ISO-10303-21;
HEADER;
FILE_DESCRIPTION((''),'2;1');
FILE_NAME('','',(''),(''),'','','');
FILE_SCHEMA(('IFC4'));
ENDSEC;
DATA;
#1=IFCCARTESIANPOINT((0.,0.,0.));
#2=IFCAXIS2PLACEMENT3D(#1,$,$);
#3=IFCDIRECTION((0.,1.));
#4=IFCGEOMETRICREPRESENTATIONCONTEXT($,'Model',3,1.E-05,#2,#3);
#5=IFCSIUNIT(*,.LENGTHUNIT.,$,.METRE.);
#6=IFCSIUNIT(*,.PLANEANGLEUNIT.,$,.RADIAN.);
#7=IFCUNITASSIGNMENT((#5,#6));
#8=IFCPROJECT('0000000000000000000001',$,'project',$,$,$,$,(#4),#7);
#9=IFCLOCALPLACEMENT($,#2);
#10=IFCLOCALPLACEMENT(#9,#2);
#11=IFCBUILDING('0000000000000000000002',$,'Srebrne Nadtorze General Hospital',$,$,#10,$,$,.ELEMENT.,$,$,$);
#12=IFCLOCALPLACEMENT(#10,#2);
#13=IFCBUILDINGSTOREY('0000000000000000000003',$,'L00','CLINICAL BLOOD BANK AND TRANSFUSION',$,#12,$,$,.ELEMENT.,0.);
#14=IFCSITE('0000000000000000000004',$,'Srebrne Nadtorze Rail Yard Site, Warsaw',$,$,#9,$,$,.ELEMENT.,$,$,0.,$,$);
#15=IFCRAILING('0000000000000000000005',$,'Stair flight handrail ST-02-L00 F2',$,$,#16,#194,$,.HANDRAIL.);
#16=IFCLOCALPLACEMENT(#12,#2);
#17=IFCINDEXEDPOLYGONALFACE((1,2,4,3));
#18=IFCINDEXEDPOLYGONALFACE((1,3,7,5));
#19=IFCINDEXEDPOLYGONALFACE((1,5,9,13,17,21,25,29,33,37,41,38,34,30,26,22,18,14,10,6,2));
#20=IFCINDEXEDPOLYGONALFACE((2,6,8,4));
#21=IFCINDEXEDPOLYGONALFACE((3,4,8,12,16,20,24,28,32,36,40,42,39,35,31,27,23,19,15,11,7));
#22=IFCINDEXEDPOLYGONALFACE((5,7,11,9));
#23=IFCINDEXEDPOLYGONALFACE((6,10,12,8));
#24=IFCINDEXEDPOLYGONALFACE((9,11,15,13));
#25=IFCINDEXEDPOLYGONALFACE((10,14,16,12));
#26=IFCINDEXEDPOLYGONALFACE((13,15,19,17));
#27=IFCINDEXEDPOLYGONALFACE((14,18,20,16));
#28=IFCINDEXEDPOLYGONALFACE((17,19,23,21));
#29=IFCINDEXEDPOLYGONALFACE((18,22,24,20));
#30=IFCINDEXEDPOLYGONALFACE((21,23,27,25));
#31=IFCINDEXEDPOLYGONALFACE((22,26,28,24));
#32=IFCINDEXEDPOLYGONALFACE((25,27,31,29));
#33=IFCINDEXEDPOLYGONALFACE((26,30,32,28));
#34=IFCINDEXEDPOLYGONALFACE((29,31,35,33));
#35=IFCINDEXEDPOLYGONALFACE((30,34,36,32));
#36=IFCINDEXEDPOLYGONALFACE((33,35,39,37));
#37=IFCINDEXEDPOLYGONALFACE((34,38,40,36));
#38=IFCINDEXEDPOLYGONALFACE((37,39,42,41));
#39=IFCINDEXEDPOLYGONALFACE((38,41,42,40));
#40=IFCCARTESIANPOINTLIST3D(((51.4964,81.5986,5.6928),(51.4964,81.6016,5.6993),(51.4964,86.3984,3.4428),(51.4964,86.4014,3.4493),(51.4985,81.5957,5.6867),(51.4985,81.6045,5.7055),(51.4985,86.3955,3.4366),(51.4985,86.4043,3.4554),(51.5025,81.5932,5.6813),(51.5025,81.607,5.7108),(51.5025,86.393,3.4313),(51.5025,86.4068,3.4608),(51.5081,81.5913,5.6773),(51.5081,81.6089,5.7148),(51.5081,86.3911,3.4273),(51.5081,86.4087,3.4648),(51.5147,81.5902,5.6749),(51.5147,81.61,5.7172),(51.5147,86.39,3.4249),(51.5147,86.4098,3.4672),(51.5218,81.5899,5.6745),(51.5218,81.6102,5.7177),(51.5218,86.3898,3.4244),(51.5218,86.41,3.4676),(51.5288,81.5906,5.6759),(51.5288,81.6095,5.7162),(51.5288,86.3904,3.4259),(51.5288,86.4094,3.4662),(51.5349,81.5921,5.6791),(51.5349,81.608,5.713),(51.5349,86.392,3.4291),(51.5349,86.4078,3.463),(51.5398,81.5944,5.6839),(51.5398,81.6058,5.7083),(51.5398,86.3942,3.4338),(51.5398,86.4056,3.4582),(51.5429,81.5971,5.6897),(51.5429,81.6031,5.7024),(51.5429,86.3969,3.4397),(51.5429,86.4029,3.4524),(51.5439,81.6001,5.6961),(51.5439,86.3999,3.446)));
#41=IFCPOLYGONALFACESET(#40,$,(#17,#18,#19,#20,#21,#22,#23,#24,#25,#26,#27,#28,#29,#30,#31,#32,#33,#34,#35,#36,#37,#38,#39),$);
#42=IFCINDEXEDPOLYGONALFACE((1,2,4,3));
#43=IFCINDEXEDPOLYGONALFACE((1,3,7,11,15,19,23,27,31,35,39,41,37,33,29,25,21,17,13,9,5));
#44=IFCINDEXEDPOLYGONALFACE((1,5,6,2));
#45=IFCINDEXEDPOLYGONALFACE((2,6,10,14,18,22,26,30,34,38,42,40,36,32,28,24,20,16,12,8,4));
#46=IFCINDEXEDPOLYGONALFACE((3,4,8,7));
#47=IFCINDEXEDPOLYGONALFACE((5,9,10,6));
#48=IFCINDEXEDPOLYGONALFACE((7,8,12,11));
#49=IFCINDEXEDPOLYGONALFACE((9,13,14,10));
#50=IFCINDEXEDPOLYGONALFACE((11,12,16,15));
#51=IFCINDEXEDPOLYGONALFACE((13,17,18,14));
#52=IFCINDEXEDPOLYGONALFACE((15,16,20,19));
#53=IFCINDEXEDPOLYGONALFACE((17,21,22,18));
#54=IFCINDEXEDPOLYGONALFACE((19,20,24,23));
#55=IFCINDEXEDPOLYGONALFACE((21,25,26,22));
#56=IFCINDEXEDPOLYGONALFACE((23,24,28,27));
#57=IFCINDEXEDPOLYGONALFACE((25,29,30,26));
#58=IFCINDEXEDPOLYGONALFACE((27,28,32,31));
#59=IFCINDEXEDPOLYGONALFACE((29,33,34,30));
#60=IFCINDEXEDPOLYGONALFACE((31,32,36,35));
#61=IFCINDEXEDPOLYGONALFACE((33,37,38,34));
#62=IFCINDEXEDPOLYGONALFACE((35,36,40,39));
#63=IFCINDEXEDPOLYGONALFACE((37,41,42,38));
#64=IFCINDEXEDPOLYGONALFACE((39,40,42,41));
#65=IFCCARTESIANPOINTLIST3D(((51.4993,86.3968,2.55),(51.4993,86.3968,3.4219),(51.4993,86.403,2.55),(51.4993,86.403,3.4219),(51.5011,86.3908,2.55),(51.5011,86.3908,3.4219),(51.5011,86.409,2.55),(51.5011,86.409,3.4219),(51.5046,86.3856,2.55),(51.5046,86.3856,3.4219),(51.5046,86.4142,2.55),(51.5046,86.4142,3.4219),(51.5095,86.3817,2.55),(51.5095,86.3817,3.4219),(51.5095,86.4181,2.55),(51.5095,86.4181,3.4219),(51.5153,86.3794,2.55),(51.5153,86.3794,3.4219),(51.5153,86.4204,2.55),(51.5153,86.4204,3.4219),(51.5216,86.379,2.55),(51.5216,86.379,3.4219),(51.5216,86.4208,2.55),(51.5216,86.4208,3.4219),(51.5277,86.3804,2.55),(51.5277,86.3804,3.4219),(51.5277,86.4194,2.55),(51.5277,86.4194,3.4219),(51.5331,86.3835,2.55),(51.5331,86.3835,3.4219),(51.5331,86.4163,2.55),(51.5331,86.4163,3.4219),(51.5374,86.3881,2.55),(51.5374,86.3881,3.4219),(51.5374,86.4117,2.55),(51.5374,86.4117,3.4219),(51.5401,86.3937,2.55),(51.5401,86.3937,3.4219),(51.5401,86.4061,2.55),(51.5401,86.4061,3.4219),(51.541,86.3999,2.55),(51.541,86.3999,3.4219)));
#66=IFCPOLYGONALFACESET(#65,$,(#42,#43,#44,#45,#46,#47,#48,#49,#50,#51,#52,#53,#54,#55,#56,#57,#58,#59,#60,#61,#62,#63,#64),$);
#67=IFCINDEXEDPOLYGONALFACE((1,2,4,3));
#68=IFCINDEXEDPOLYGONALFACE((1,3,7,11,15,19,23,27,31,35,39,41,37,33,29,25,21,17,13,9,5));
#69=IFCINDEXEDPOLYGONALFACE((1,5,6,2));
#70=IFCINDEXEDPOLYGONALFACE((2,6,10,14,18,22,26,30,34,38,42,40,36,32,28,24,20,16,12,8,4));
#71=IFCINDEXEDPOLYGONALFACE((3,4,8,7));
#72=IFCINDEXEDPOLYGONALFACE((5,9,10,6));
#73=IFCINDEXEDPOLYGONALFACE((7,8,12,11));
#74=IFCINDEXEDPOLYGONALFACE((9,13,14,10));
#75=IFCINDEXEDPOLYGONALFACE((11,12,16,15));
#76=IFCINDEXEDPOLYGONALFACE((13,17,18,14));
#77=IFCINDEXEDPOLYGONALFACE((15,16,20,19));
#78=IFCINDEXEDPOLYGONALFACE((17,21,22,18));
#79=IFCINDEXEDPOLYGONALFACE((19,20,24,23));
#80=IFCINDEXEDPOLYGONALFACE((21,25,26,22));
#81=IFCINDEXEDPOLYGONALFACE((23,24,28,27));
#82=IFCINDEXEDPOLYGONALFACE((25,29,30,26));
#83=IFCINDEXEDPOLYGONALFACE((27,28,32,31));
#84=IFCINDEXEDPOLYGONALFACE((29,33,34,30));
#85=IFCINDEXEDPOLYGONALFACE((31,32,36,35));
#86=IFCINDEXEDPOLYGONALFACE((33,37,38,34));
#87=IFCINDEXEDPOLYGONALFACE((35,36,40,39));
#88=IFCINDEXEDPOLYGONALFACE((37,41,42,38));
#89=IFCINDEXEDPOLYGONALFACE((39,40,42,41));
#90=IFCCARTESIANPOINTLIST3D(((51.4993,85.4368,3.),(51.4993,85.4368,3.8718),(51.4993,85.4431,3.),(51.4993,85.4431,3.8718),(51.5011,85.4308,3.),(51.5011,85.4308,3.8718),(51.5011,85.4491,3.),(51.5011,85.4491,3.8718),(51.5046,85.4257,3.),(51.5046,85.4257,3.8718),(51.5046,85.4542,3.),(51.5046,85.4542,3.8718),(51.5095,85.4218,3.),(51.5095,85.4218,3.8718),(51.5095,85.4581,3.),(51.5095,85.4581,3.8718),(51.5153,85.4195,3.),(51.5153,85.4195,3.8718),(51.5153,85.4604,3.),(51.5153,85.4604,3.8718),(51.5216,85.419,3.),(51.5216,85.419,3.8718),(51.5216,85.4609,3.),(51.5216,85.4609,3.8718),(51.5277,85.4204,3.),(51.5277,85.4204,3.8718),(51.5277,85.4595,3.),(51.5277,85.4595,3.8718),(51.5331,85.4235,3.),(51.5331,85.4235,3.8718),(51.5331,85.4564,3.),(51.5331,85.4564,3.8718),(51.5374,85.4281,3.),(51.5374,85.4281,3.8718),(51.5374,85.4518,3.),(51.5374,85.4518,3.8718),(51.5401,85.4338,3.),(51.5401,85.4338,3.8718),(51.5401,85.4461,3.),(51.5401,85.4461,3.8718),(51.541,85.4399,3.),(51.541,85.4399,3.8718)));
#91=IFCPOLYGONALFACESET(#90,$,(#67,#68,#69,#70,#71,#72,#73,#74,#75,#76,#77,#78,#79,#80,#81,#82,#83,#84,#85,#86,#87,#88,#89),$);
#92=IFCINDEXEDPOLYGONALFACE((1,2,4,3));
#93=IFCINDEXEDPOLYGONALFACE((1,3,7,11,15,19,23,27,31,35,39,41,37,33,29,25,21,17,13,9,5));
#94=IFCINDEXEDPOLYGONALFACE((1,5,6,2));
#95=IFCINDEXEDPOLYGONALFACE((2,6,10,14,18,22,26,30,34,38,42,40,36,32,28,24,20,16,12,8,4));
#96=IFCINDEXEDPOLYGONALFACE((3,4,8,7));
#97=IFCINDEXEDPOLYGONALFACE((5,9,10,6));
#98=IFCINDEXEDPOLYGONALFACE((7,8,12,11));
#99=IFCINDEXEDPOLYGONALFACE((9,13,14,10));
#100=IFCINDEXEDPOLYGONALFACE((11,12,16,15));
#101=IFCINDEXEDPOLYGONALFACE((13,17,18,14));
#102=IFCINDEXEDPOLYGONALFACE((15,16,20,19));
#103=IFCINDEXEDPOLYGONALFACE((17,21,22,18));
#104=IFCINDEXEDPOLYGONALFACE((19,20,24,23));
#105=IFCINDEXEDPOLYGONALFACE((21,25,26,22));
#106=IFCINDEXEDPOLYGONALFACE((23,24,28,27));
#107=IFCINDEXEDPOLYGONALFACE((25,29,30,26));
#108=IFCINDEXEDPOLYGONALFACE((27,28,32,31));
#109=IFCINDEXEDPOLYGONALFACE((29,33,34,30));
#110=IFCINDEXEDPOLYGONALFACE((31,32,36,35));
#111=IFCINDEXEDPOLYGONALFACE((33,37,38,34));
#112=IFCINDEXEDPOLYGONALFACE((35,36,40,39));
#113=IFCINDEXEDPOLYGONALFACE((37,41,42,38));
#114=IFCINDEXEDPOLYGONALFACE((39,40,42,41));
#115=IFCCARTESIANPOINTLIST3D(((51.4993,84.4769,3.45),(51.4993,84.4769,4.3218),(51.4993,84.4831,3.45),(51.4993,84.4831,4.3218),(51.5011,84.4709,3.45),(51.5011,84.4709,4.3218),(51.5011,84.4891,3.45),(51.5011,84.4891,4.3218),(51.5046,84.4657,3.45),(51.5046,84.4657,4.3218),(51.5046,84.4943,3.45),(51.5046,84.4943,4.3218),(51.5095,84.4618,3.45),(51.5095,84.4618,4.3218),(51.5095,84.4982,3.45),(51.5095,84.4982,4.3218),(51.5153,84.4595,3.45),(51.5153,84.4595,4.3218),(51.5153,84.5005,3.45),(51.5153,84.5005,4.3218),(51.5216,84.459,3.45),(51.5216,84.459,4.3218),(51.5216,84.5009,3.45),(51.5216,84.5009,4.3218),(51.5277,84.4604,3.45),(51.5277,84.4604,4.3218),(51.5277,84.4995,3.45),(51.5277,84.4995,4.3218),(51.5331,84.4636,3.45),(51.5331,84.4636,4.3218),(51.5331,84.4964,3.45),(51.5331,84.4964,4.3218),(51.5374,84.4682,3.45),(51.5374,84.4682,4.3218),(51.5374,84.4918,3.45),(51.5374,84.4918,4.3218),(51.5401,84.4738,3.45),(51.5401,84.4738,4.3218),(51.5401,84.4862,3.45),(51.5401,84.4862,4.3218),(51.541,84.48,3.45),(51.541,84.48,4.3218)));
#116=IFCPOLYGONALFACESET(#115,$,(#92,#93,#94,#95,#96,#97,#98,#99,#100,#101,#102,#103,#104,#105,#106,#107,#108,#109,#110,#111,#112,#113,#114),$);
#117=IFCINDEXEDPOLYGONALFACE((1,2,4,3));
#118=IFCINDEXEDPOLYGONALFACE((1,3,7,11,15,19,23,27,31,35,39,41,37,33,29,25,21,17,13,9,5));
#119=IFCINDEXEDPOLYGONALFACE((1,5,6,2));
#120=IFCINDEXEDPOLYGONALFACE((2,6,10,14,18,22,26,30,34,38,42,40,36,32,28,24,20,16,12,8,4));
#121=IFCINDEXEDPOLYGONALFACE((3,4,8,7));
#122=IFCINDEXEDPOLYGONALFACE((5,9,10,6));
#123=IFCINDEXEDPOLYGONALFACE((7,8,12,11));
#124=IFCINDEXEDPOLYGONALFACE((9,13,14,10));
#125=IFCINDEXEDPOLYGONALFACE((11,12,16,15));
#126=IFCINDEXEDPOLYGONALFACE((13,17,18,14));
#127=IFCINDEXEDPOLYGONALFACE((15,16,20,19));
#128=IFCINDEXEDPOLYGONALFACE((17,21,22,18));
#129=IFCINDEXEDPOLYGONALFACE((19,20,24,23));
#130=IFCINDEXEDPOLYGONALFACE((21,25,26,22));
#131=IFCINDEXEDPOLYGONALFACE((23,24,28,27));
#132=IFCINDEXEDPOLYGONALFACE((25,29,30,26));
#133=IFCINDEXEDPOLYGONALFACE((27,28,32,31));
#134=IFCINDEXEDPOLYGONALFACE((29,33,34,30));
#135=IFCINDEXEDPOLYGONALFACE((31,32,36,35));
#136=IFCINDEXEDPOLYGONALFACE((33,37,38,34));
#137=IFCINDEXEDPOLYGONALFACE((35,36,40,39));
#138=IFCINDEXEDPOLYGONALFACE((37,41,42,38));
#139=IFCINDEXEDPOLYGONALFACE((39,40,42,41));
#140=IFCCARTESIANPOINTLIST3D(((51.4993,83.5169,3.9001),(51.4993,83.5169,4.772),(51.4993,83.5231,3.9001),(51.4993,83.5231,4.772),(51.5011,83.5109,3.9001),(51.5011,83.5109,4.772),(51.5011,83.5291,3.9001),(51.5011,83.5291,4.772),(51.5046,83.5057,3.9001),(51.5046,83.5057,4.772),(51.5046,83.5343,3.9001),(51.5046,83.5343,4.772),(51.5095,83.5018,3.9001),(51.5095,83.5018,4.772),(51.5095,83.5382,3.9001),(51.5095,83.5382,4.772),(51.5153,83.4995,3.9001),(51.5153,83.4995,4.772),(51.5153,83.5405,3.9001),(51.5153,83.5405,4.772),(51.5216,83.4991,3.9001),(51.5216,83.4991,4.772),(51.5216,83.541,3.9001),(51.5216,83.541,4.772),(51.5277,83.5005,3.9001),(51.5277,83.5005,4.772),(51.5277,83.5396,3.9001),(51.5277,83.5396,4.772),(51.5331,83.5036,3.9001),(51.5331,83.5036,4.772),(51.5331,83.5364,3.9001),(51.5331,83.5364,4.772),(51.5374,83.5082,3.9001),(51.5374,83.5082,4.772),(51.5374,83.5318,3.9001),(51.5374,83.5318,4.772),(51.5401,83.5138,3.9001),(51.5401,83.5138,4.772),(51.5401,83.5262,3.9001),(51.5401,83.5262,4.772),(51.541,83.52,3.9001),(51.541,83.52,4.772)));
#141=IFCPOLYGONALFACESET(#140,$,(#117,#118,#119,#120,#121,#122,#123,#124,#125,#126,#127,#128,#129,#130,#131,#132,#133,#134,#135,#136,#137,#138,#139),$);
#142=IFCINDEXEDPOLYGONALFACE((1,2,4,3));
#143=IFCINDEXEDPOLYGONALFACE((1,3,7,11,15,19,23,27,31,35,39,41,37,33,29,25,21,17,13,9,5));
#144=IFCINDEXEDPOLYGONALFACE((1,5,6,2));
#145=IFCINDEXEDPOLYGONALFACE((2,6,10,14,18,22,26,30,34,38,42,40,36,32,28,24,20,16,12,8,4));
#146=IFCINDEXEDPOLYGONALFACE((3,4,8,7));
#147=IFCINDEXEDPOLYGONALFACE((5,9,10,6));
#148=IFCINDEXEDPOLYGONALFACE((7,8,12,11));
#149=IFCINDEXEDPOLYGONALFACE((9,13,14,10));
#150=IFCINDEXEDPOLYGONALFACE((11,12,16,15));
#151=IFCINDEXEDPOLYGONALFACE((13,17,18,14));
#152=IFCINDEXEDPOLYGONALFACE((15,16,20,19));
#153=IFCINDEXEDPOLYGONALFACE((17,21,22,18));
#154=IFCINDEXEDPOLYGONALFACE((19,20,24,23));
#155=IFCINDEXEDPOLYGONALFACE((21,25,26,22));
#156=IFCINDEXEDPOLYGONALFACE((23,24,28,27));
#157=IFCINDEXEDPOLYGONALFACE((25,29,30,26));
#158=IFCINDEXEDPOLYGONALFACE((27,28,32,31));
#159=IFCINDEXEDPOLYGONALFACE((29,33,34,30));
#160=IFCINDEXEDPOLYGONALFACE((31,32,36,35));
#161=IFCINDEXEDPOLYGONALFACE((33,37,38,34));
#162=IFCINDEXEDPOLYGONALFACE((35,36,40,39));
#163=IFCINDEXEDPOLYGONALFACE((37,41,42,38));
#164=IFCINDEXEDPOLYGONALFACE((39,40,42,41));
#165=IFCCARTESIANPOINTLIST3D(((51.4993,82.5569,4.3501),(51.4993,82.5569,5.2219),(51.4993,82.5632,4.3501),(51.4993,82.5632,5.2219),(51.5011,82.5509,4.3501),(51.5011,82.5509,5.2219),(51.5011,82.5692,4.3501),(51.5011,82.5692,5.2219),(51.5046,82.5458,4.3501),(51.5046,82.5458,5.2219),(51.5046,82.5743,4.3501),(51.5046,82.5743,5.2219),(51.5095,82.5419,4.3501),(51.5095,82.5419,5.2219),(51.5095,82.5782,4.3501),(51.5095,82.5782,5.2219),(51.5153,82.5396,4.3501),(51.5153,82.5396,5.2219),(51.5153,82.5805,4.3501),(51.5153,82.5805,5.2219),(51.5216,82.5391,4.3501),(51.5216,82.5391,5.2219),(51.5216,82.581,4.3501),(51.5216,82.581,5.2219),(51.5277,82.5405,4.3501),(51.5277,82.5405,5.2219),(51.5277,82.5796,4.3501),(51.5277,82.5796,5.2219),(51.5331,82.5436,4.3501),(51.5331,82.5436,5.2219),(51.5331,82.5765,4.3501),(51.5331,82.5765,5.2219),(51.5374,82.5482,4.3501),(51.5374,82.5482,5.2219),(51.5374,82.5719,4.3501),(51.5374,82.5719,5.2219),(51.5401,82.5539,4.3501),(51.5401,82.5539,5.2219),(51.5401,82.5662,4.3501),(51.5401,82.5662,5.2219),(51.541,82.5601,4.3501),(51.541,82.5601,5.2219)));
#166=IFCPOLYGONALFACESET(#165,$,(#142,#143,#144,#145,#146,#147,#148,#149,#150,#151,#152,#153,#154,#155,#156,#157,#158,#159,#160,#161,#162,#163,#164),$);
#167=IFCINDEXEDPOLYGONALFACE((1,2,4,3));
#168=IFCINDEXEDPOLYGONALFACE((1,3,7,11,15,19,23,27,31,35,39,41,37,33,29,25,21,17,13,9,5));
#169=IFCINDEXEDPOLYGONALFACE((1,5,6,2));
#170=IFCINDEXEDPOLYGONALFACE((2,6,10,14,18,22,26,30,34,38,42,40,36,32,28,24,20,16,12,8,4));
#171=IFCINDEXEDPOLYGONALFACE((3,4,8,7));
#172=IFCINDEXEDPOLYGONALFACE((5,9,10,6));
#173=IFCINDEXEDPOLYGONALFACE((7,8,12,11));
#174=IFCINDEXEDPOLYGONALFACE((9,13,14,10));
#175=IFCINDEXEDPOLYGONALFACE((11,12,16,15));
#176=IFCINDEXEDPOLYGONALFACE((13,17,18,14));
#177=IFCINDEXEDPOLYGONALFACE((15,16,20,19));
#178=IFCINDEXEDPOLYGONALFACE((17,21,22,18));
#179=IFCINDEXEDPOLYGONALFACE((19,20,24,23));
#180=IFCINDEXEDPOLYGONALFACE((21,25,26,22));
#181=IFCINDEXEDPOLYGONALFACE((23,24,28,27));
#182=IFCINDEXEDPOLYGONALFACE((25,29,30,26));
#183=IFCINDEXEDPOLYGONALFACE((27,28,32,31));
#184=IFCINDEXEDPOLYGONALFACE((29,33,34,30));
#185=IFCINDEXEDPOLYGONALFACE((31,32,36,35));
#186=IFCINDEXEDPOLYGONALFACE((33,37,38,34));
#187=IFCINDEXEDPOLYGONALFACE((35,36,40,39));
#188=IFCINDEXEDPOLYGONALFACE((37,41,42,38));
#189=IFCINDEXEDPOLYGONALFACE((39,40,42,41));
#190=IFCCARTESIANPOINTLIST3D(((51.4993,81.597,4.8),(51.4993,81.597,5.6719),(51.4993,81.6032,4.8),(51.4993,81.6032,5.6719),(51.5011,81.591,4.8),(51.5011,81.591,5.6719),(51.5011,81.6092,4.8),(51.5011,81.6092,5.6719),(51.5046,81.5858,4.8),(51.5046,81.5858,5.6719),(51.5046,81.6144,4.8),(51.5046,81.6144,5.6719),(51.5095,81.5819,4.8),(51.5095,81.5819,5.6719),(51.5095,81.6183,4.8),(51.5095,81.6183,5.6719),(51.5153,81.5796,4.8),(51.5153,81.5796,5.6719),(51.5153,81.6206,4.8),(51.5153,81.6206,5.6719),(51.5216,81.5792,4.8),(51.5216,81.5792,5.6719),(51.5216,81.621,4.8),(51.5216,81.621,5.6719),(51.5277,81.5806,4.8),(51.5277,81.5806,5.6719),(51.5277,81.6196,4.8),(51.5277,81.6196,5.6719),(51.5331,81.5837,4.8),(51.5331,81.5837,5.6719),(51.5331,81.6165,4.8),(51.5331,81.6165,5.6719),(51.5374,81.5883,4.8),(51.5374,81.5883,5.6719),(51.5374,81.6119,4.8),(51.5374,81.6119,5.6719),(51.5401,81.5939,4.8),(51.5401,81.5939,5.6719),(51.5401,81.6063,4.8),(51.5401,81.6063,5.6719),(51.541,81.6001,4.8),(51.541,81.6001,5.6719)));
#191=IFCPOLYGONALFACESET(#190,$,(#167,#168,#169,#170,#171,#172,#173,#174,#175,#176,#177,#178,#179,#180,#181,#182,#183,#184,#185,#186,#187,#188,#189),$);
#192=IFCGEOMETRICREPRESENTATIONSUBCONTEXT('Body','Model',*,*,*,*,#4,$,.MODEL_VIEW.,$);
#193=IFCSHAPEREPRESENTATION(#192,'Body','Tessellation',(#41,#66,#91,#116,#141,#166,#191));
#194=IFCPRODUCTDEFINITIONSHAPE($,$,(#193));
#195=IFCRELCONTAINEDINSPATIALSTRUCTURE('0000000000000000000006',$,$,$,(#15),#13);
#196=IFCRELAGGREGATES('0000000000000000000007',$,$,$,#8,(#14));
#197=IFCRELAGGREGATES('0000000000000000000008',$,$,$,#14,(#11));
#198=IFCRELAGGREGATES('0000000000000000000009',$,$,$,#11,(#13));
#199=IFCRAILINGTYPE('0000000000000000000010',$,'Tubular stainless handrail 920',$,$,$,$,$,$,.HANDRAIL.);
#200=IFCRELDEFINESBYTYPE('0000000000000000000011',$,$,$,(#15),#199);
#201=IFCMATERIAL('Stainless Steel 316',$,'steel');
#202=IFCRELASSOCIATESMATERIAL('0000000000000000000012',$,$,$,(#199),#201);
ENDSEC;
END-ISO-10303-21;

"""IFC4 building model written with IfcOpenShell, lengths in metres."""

from ifc_helpers import new_model, si_unit, direction, frame, origin, origin_2d, place, context, subcontext, project, spatial, circle, extrude, material, type_object, element, save


model = new_model("IFC4")

# Units and contexts
model_context = context("Model", 3, precision=1e-05, world=origin(), true_north=direction((0.0, 1.0)))
body_context = subcontext(model_context, "Body", "Model", "MODEL_VIEW")
ifc_project = project(units=[si_unit("LENGTHUNIT", "METRE"), si_unit("PLANEANGLEUNIT", "RADIAN")], contexts=[model_context])

# Site, building, storey
site_placement = place(None, origin())
site = spatial("IfcSite", under=ifc_project, at=site_placement, Name="Srebrne Nadtorze Rail Yard Site, Warsaw", CompositionType="ELEMENT", RefElevation=0.0)
building_placement = place(site_placement, origin())
building = spatial("IfcBuilding", under=site, at=building_placement, Name="Srebrne Nadtorze General Hospital", CompositionType="ELEMENT")
storey_placement = place(building_placement, origin())
storey = spatial("IfcBuildingStorey", under=building, at=storey_placement, Name="L00", Description="CLINICAL BLOOD BANK AND TRANSFUSION", CompositionType="ELEMENT", Elevation=0.0)

# Railing
ifc_material_1 = material(Name="Stainless Steel 316", Category="steel")
railing_type = type_object("IfcRailingType", Name="Tubular stainless handrail 920", PredefinedType="HANDRAIL", material=ifc_material_1)
railing_placement = place(storey_placement, frame((51.52, 86.3999, 2.55)))
element("IfcRailing", 1, at=railing_placement, inside=storey, type_object=railing_type, Name="Stair flight handrail ST-02-L00 F2", PredefinedType="HANDRAIL", context=body_context, shape_type="SweptSolid", body=[
    extrude(circle(Radius=0.0239, at=origin_2d()), frame((0.0, 0.0, 0.896), z_axis=(0.0, -0.905452, 0.424448), x_axis=(1.0, 0.0, 0.0)), (0.0, 0.0, 1.0), 5.301),
    extrude(circle(Radius=0.021, at=origin_2d()), origin(), (0.0, 0.0, 1.0), 0.8718),
    extrude(circle(Radius=0.021, at=origin_2d()), frame((0.0, -0.96, 0.45)), (0.0, 0.0, 1.0), 0.8718),
    extrude(circle(Radius=0.021, at=origin_2d()), frame((0.0, -1.9199, 0.8999)), (0.0, 0.0, 1.0), 0.8718),
    extrude(circle(Radius=0.021, at=origin_2d()), frame((0.0, -2.8799, 1.3501)), (0.0, 0.0, 1.0), 0.8718),
    extrude(circle(Radius=0.021, at=origin_2d()), frame((0.0, -3.8398, 1.8)), (0.0, 0.0, 1.0), 0.8718),
    extrude(circle(Radius=0.021, at=origin_2d()), frame((0.0, -4.7998, 2.25)), (0.0, 0.0, 1.0), 0.8718),
])

save(model, "model.ifc")
